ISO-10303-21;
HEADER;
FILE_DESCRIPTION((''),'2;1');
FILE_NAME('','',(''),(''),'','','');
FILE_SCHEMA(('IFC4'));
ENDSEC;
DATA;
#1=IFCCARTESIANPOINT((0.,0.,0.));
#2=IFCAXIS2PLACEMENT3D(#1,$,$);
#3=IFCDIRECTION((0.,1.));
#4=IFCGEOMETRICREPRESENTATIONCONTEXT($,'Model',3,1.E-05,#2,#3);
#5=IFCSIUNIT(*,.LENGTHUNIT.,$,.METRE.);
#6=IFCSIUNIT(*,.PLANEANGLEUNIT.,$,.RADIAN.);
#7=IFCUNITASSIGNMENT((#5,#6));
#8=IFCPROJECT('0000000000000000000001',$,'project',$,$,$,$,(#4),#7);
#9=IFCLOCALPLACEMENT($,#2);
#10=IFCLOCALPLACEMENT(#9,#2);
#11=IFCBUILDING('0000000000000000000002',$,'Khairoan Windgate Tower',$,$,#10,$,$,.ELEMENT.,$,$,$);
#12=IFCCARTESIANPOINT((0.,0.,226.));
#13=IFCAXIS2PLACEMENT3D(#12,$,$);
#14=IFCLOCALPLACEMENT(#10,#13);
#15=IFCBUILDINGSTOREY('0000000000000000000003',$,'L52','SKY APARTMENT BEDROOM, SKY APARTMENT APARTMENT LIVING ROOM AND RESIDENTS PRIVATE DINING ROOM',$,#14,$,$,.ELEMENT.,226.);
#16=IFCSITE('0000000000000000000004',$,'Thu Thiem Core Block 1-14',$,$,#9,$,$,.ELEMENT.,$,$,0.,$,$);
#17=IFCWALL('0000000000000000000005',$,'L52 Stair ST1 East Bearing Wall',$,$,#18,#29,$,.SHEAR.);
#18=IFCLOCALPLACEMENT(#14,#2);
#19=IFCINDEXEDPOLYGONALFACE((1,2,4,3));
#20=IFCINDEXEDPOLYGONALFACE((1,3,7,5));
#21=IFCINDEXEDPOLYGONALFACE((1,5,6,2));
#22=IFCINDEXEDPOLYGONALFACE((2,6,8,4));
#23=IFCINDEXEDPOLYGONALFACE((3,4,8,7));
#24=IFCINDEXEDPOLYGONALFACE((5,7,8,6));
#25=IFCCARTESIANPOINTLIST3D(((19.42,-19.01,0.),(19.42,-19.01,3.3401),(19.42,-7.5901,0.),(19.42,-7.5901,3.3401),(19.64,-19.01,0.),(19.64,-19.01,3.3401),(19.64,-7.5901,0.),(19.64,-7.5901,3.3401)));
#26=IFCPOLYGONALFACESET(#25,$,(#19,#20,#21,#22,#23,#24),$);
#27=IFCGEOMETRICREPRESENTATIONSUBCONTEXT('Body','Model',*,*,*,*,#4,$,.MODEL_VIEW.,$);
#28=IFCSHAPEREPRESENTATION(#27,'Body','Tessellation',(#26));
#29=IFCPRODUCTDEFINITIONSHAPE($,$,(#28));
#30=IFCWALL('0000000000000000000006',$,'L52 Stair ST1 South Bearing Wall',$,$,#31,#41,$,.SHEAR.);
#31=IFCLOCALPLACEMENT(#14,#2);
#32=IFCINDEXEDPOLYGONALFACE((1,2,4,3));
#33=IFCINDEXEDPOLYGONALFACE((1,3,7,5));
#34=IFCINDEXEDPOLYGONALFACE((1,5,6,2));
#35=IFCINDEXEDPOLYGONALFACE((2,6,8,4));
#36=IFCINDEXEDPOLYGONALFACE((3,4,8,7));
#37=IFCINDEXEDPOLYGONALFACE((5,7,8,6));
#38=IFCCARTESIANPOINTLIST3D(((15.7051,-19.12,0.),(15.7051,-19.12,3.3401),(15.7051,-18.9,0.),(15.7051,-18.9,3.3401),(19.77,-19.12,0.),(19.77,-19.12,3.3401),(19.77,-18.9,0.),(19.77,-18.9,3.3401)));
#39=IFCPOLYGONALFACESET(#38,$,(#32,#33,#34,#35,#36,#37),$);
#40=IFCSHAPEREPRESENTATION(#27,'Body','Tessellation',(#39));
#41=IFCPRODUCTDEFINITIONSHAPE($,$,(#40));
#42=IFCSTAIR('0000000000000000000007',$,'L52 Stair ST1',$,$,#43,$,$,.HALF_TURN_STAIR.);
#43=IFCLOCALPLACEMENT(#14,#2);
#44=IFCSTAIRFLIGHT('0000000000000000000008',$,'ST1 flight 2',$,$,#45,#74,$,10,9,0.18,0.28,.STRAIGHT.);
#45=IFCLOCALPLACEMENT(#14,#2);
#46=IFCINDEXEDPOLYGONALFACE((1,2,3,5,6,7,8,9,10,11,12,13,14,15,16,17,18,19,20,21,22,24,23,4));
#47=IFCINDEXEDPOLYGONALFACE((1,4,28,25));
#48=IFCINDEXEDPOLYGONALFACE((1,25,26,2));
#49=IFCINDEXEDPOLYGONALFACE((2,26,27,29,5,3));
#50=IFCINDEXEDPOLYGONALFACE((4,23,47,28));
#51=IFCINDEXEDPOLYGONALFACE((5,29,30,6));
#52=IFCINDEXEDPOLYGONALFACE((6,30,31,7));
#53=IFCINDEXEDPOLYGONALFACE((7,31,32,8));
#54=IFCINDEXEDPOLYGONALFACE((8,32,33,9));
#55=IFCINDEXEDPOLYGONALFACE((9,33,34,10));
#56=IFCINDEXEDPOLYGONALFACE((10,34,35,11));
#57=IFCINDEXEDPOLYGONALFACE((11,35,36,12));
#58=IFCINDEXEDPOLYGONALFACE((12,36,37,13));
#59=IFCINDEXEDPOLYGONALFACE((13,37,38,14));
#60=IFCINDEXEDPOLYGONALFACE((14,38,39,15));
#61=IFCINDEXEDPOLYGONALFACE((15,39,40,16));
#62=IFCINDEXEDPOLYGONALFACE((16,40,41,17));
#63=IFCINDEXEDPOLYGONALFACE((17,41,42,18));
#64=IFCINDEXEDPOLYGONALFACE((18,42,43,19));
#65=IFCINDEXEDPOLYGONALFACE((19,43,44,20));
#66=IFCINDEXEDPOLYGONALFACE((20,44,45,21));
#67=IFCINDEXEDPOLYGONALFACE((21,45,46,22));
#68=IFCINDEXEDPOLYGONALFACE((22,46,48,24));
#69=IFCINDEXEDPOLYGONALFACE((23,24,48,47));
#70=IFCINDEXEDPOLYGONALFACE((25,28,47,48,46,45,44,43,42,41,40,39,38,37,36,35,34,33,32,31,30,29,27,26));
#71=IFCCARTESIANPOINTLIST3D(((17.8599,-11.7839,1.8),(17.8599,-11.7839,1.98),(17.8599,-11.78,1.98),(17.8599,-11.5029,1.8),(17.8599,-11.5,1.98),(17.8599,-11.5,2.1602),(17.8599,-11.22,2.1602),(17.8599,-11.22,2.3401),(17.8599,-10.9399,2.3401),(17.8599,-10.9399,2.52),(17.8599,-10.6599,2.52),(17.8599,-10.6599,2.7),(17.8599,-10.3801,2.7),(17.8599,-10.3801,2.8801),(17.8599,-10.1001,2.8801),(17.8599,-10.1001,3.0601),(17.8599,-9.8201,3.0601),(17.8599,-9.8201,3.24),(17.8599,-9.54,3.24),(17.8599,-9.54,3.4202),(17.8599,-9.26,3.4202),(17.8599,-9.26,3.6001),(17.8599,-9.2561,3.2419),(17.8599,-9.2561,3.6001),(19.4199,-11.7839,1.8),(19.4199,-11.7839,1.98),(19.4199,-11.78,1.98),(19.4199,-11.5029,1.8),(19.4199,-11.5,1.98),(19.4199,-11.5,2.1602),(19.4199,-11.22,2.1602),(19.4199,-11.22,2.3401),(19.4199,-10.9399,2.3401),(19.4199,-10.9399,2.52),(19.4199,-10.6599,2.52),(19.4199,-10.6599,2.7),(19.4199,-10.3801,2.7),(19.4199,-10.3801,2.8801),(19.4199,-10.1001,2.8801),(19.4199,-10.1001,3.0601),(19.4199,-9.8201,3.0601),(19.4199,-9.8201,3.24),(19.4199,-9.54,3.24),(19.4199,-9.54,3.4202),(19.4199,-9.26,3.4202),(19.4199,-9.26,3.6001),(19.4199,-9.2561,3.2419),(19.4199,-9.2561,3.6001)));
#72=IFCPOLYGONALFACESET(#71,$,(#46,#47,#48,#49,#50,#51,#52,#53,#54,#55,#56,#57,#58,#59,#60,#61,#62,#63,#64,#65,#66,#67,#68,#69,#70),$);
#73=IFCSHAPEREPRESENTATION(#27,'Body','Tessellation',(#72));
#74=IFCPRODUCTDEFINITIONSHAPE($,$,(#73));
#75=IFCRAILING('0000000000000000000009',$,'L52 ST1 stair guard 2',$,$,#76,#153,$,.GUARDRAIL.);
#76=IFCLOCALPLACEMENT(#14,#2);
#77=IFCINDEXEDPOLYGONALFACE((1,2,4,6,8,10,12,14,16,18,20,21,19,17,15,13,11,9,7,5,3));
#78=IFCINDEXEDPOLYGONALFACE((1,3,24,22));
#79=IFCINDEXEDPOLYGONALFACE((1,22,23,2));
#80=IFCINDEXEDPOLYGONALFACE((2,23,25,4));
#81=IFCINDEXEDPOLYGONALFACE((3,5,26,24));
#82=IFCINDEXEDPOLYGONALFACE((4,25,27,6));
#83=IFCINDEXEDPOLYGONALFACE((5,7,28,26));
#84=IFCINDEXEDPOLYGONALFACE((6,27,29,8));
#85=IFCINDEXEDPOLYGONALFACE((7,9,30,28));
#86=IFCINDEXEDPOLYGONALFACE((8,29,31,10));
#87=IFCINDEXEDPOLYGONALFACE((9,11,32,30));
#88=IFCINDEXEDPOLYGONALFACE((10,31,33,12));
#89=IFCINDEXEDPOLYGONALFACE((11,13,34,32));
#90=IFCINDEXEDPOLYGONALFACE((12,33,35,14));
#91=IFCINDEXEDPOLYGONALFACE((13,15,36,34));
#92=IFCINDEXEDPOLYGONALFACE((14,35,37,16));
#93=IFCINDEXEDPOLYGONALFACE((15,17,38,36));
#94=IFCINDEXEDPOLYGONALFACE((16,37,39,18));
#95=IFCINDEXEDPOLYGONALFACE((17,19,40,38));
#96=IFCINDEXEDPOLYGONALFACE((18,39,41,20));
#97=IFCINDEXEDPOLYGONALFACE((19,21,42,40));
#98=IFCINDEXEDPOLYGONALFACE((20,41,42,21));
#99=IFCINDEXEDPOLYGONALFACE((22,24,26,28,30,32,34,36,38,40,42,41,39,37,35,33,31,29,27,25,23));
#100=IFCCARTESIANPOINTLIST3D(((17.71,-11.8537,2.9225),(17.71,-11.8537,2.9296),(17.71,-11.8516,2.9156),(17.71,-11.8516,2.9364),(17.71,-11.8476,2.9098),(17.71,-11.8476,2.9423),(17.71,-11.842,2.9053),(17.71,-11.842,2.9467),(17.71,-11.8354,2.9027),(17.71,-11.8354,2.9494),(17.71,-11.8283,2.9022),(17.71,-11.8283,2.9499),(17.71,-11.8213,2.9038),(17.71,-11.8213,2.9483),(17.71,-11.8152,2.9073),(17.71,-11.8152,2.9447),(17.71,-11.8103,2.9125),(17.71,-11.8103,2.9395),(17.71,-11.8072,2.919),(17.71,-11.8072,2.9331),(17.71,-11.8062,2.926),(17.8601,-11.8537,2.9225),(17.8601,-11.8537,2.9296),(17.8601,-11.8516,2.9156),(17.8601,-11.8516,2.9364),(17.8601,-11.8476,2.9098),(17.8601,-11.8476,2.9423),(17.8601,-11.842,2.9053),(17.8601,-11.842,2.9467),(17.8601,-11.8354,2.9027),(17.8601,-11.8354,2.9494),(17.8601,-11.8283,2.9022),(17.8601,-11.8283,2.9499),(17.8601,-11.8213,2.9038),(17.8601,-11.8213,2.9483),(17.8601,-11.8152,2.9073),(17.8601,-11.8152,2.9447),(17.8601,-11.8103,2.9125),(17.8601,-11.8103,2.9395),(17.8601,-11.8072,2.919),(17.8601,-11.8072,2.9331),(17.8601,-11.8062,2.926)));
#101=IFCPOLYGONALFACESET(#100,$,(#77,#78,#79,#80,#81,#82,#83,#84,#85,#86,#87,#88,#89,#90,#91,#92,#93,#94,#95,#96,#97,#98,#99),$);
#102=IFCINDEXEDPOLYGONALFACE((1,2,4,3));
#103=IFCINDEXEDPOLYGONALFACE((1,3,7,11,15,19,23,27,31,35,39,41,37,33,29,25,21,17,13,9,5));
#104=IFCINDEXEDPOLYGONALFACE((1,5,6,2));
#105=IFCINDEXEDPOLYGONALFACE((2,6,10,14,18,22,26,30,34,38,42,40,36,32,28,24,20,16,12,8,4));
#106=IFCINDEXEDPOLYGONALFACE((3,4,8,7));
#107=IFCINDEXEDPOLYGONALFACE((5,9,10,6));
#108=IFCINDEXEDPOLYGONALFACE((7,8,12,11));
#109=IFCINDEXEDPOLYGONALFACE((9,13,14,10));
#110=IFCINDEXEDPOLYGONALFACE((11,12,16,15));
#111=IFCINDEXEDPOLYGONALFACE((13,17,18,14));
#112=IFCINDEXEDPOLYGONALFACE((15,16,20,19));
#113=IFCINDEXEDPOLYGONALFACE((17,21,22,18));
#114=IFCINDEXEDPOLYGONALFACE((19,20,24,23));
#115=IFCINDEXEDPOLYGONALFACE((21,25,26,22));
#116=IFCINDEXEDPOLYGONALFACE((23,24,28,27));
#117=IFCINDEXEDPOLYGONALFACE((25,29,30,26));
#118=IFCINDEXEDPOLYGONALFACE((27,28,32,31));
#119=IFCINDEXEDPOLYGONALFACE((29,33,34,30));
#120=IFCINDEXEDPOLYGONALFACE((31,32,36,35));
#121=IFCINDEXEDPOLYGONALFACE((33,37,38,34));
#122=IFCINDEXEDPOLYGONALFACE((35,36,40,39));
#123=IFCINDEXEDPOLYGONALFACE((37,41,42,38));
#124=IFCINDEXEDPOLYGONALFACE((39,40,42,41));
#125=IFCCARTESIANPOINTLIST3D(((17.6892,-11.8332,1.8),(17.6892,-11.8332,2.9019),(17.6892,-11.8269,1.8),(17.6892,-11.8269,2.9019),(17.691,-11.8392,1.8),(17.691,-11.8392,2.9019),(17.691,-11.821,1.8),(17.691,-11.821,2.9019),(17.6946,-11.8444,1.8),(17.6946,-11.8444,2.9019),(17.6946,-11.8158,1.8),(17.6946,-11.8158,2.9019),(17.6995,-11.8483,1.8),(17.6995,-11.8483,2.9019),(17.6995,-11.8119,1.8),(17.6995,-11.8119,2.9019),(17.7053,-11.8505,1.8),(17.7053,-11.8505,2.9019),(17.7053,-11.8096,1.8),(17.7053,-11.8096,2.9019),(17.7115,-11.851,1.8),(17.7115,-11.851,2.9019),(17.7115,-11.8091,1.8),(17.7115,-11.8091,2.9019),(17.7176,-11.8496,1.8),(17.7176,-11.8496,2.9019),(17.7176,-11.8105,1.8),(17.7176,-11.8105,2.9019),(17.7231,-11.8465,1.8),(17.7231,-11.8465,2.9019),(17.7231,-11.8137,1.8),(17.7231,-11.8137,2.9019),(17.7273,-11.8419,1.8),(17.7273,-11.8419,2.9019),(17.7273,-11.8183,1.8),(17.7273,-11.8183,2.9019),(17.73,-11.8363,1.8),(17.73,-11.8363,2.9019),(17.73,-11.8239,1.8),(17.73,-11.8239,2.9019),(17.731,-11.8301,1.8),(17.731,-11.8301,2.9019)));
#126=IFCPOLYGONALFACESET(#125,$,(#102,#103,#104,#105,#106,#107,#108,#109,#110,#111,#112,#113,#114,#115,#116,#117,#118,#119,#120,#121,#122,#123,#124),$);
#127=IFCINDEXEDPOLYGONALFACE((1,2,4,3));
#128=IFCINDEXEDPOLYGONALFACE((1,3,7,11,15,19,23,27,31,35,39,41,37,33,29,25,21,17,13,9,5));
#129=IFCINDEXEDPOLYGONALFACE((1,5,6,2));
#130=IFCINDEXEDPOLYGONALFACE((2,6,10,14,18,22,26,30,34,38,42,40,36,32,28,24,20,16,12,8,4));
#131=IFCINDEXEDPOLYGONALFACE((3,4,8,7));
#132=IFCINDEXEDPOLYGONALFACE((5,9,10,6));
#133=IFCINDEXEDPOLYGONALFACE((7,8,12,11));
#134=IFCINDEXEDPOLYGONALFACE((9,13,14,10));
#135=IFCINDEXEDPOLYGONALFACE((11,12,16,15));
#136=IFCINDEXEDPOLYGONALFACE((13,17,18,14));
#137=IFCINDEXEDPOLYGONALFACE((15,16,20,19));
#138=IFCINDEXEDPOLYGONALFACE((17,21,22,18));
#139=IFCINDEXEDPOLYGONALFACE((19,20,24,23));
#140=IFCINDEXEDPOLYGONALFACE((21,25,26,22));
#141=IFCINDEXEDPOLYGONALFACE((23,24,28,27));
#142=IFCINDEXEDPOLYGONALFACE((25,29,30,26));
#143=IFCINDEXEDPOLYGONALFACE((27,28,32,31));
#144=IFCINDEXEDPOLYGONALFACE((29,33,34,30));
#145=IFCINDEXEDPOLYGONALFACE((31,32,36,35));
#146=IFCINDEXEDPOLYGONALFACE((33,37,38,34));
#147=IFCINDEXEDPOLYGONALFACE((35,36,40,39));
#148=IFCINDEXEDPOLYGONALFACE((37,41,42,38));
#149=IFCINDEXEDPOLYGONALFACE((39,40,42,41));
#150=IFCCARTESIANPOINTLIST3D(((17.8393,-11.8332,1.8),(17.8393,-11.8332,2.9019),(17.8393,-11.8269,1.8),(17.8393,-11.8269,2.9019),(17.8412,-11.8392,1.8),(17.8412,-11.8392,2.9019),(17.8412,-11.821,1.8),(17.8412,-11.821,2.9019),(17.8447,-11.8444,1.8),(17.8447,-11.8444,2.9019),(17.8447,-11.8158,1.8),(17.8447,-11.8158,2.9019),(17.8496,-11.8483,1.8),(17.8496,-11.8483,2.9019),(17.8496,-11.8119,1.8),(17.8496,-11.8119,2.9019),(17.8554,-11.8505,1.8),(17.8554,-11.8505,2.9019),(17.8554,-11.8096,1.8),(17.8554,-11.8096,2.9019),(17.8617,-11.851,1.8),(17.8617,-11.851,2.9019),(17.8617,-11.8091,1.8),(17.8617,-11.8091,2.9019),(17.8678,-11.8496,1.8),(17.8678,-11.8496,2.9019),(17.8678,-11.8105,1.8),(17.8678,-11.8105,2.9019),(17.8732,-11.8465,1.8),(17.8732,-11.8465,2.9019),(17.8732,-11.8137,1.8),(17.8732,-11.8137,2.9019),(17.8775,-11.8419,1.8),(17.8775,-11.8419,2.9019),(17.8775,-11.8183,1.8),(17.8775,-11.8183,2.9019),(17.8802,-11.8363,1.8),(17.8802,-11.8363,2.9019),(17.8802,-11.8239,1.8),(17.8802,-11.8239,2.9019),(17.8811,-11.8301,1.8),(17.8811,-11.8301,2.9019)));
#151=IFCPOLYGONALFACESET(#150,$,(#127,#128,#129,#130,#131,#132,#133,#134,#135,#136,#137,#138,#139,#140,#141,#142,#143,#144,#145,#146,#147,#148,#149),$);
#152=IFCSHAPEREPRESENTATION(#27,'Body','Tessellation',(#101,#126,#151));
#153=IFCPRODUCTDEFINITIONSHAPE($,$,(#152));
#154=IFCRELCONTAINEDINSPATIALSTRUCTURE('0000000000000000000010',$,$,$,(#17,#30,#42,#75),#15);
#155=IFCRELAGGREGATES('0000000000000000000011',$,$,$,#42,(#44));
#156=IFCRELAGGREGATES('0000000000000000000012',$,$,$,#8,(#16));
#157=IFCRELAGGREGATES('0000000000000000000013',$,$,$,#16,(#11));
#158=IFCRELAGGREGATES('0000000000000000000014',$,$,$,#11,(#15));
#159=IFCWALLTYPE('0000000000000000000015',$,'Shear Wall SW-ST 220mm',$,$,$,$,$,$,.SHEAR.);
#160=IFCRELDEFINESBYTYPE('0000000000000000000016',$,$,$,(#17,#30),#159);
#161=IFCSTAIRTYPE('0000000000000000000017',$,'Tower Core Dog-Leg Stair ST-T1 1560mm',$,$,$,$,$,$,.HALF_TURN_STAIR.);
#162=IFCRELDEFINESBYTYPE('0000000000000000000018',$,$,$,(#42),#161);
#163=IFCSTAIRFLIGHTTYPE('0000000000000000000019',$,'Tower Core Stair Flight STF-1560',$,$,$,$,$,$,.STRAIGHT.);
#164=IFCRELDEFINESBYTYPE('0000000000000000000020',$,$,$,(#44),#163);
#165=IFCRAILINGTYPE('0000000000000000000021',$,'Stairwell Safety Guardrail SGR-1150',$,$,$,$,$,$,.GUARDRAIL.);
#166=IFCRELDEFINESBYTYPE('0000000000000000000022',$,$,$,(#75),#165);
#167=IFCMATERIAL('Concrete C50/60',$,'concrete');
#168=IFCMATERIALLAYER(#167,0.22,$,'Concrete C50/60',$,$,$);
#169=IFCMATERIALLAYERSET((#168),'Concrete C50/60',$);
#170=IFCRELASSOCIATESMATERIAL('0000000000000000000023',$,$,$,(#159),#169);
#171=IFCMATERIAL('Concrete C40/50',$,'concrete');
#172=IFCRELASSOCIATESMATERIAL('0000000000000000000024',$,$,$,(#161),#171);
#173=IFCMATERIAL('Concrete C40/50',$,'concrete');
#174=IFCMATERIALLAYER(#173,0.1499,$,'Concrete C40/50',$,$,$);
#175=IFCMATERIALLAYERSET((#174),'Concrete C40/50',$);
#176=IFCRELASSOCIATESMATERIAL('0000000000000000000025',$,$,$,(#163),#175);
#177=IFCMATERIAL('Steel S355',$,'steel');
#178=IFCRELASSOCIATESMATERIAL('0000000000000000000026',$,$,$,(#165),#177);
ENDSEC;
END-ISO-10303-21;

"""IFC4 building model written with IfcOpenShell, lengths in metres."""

from ifc_helpers import new_model, si_unit, direction, frame, frame_2d, origin, origin_2d, place, context, subcontext, project, spatial, polyline, rectangle, circle, outline, extrude, material, layer, layer_set, type_object, element, aggregate, save


model = new_model("IFC4")

# Units and contexts
model_context = context("Model", 3, precision=1e-05, world=origin(), true_north=direction((0.0, 1.0)))
body_context = subcontext(model_context, "Body", "Model", "MODEL_VIEW")
ifc_project = project(units=[si_unit("LENGTHUNIT", "METRE"), si_unit("PLANEANGLEUNIT", "RADIAN")], contexts=[model_context])

# Site, building, storey
site_placement = place(None, origin())
site = spatial("IfcSite", under=ifc_project, at=site_placement, Name="Thu Thiem Core Block 1-14", CompositionType="ELEMENT", RefElevation=0.0)
building_placement = place(site_placement, origin())
building = spatial("IfcBuilding", under=site, at=building_placement, Name="Khairoan Windgate Tower", CompositionType="ELEMENT")
storey_placement = place(building_placement, frame((0.0, 0.0, 226.0)))
storey = spatial("IfcBuildingStorey", under=building, at=storey_placement, Name="L52", Description="SKY APARTMENT BEDROOM, SKY APARTMENT APARTMENT LIVING ROOM AND RESIDENTS PRIVATE DINING ROOM", CompositionType="ELEMENT", Elevation=226.0)

# Walls
ifc_material_1 = material(Name="Concrete C50/60", Category="concrete")
ifc_layer_1 = layer(ifc_material_1, 0.22, Name="Concrete C50/60")
ifc_layer_set_1 = layer_set([ifc_layer_1], Name="Concrete C50/60")
wall_type_1 = type_object("IfcWallType", Name="Shear Wall SW-ST 220mm", PredefinedType="SHEAR", material=ifc_layer_set_1)
for number, where, z_axis, x_axis, name in (
    (1, (19.53, -19.01, 0.0), (0.0, 0.0, 1.0), (0.0, 1.0, 0.0), "L52 Stair ST1 East Bearing Wall"),
):
    element("IfcWall", number, at=place(storey_placement, frame(where, z_axis=z_axis, x_axis=x_axis)), inside=storey, type_object=wall_type_1, Name=name, PredefinedType="SHEAR", context=body_context, shape_type="SweptSolid", body=[
        extrude(rectangle(XDim=11.4199, YDim=0.22, at=frame_2d((5.71, 0.0))), origin(), (0.0, 0.0, 1.0), 3.3401),
    ])
wall_1_placement = place(storey_placement, frame((15.7051, -19.01, 0.0), z_axis=(0.0, 0.0, 1.0), x_axis=(1.0, 0.0, 0.0)))
element("IfcWall", 2, at=wall_1_placement, inside=storey, type_object=wall_type_1, Name="L52 Stair ST1 South Bearing Wall", PredefinedType="SHEAR", context=body_context, shape_type="SweptSolid", body=[
    extrude(rectangle(XDim=4.0649, YDim=0.22, at=frame_2d((2.0325, 0.0))), origin(), (0.0, 0.0, 1.0), 3.3401),
])

# Stair, stair flight
ifc_material_2 = material(Name="Concrete C40/50", Category="concrete")
stair_type = type_object("IfcStairType", Name="Tower Core Dog-Leg Stair ST-T1 1560mm", PredefinedType="HALF_TURN_STAIR", material=ifc_material_2)
stair_placement = place(storey_placement, origin())
stair = element("IfcStair", 3, at=stair_placement, inside=storey, type_object=stair_type, Name="L52 Stair ST1", PredefinedType="HALF_TURN_STAIR")
ifc_material_3 = material(Name="Concrete C40/50", Category="concrete")
ifc_layer_2 = layer(ifc_material_3, 0.1499, Name="Concrete C40/50")
ifc_layer_set_2 = layer_set([ifc_layer_2], Name="Concrete C40/50")
stair_flight_type = type_object("IfcStairFlightType", Name="Tower Core Stair Flight STF-1560", PredefinedType="STRAIGHT", material=ifc_layer_set_2)
stair_flight_placement = place(storey_placement, frame((18.6399, -11.78, 1.8), z_axis=(0.0, 0.0, 1.0), x_axis=(0.0, 1.0, 0.0)))
stair_flight = element("IfcStairFlight", 4, at=stair_flight_placement, type_object=stair_flight_type, Name="ST1 flight 2", NumberOfRisers=10, NumberOfTreads=9, PredefinedType="STRAIGHT", RiserHeight=0.18, TreadLength=0.28, context=body_context, shape_type="SweptSolid", body=[
    extrude(outline(polyline([(-0.0039, 0.0), (-0.0039, 0.1799), (0.0, 0.1799), (0.28, 0.1799), (0.28, 0.3601), (0.5601, 0.3601), (0.5601, 0.54), (0.8401, 0.54), (0.8401, 0.72), (1.1201, 0.72), (1.1201, 0.8999), (1.3999, 0.8999), (1.3999, 1.0801), (1.6799, 1.0801), (1.6799, 1.26), (1.96, 1.26), (1.96, 1.4399), (2.24, 1.4399), (2.24, 1.6201), (2.52, 1.6201), (2.52, 1.8), (2.5239, 1.8), (2.5239, 1.4419), (0.2771, 0.0), (-0.0039, 0.0)])), frame((0.0, 0.78, 0.0), z_axis=(0.0, -1.0, 0.0), x_axis=(1.0, 0.0, 0.0)), (0.0, 0.0, 1.0), 1.5601),
])
aggregate(stair, [stair_flight])

# Railing
ifc_material_4 = material(Name="Steel S355", Category="steel")
railing_type = type_object("IfcRailingType", Name="Stairwell Safety Guardrail SGR-1150", PredefinedType="GUARDRAIL", material=ifc_material_4)
railing_1_placement = place(storey_placement, frame((17.71, -11.8301, 1.8)))
element("IfcRailing", 5, at=railing_1_placement, inside=storey, type_object=railing_type, Name="L52 ST1 stair guard 2", PredefinedType="GUARDRAIL", context=body_context, shape_type="SweptSolid", body=[
    extrude(circle(Radius=0.0239, at=origin_2d()), frame((0.0, 0.0, 1.126), z_axis=(1.0, 0.0, 0.0), x_axis=(0.0, 1.0, 0.0)), (0.0, 0.0, 1.0), 0.1501),
    extrude(circle(Radius=0.021, at=origin_2d()), origin(), (0.0, 0.0, 1.0), 1.1018),
    extrude(circle(Radius=0.021, at=origin_2d()), frame((0.1501, 0.0, 0.0)), (0.0, 0.0, 1.0), 1.1018),
])

save(model, "model.ifc")
